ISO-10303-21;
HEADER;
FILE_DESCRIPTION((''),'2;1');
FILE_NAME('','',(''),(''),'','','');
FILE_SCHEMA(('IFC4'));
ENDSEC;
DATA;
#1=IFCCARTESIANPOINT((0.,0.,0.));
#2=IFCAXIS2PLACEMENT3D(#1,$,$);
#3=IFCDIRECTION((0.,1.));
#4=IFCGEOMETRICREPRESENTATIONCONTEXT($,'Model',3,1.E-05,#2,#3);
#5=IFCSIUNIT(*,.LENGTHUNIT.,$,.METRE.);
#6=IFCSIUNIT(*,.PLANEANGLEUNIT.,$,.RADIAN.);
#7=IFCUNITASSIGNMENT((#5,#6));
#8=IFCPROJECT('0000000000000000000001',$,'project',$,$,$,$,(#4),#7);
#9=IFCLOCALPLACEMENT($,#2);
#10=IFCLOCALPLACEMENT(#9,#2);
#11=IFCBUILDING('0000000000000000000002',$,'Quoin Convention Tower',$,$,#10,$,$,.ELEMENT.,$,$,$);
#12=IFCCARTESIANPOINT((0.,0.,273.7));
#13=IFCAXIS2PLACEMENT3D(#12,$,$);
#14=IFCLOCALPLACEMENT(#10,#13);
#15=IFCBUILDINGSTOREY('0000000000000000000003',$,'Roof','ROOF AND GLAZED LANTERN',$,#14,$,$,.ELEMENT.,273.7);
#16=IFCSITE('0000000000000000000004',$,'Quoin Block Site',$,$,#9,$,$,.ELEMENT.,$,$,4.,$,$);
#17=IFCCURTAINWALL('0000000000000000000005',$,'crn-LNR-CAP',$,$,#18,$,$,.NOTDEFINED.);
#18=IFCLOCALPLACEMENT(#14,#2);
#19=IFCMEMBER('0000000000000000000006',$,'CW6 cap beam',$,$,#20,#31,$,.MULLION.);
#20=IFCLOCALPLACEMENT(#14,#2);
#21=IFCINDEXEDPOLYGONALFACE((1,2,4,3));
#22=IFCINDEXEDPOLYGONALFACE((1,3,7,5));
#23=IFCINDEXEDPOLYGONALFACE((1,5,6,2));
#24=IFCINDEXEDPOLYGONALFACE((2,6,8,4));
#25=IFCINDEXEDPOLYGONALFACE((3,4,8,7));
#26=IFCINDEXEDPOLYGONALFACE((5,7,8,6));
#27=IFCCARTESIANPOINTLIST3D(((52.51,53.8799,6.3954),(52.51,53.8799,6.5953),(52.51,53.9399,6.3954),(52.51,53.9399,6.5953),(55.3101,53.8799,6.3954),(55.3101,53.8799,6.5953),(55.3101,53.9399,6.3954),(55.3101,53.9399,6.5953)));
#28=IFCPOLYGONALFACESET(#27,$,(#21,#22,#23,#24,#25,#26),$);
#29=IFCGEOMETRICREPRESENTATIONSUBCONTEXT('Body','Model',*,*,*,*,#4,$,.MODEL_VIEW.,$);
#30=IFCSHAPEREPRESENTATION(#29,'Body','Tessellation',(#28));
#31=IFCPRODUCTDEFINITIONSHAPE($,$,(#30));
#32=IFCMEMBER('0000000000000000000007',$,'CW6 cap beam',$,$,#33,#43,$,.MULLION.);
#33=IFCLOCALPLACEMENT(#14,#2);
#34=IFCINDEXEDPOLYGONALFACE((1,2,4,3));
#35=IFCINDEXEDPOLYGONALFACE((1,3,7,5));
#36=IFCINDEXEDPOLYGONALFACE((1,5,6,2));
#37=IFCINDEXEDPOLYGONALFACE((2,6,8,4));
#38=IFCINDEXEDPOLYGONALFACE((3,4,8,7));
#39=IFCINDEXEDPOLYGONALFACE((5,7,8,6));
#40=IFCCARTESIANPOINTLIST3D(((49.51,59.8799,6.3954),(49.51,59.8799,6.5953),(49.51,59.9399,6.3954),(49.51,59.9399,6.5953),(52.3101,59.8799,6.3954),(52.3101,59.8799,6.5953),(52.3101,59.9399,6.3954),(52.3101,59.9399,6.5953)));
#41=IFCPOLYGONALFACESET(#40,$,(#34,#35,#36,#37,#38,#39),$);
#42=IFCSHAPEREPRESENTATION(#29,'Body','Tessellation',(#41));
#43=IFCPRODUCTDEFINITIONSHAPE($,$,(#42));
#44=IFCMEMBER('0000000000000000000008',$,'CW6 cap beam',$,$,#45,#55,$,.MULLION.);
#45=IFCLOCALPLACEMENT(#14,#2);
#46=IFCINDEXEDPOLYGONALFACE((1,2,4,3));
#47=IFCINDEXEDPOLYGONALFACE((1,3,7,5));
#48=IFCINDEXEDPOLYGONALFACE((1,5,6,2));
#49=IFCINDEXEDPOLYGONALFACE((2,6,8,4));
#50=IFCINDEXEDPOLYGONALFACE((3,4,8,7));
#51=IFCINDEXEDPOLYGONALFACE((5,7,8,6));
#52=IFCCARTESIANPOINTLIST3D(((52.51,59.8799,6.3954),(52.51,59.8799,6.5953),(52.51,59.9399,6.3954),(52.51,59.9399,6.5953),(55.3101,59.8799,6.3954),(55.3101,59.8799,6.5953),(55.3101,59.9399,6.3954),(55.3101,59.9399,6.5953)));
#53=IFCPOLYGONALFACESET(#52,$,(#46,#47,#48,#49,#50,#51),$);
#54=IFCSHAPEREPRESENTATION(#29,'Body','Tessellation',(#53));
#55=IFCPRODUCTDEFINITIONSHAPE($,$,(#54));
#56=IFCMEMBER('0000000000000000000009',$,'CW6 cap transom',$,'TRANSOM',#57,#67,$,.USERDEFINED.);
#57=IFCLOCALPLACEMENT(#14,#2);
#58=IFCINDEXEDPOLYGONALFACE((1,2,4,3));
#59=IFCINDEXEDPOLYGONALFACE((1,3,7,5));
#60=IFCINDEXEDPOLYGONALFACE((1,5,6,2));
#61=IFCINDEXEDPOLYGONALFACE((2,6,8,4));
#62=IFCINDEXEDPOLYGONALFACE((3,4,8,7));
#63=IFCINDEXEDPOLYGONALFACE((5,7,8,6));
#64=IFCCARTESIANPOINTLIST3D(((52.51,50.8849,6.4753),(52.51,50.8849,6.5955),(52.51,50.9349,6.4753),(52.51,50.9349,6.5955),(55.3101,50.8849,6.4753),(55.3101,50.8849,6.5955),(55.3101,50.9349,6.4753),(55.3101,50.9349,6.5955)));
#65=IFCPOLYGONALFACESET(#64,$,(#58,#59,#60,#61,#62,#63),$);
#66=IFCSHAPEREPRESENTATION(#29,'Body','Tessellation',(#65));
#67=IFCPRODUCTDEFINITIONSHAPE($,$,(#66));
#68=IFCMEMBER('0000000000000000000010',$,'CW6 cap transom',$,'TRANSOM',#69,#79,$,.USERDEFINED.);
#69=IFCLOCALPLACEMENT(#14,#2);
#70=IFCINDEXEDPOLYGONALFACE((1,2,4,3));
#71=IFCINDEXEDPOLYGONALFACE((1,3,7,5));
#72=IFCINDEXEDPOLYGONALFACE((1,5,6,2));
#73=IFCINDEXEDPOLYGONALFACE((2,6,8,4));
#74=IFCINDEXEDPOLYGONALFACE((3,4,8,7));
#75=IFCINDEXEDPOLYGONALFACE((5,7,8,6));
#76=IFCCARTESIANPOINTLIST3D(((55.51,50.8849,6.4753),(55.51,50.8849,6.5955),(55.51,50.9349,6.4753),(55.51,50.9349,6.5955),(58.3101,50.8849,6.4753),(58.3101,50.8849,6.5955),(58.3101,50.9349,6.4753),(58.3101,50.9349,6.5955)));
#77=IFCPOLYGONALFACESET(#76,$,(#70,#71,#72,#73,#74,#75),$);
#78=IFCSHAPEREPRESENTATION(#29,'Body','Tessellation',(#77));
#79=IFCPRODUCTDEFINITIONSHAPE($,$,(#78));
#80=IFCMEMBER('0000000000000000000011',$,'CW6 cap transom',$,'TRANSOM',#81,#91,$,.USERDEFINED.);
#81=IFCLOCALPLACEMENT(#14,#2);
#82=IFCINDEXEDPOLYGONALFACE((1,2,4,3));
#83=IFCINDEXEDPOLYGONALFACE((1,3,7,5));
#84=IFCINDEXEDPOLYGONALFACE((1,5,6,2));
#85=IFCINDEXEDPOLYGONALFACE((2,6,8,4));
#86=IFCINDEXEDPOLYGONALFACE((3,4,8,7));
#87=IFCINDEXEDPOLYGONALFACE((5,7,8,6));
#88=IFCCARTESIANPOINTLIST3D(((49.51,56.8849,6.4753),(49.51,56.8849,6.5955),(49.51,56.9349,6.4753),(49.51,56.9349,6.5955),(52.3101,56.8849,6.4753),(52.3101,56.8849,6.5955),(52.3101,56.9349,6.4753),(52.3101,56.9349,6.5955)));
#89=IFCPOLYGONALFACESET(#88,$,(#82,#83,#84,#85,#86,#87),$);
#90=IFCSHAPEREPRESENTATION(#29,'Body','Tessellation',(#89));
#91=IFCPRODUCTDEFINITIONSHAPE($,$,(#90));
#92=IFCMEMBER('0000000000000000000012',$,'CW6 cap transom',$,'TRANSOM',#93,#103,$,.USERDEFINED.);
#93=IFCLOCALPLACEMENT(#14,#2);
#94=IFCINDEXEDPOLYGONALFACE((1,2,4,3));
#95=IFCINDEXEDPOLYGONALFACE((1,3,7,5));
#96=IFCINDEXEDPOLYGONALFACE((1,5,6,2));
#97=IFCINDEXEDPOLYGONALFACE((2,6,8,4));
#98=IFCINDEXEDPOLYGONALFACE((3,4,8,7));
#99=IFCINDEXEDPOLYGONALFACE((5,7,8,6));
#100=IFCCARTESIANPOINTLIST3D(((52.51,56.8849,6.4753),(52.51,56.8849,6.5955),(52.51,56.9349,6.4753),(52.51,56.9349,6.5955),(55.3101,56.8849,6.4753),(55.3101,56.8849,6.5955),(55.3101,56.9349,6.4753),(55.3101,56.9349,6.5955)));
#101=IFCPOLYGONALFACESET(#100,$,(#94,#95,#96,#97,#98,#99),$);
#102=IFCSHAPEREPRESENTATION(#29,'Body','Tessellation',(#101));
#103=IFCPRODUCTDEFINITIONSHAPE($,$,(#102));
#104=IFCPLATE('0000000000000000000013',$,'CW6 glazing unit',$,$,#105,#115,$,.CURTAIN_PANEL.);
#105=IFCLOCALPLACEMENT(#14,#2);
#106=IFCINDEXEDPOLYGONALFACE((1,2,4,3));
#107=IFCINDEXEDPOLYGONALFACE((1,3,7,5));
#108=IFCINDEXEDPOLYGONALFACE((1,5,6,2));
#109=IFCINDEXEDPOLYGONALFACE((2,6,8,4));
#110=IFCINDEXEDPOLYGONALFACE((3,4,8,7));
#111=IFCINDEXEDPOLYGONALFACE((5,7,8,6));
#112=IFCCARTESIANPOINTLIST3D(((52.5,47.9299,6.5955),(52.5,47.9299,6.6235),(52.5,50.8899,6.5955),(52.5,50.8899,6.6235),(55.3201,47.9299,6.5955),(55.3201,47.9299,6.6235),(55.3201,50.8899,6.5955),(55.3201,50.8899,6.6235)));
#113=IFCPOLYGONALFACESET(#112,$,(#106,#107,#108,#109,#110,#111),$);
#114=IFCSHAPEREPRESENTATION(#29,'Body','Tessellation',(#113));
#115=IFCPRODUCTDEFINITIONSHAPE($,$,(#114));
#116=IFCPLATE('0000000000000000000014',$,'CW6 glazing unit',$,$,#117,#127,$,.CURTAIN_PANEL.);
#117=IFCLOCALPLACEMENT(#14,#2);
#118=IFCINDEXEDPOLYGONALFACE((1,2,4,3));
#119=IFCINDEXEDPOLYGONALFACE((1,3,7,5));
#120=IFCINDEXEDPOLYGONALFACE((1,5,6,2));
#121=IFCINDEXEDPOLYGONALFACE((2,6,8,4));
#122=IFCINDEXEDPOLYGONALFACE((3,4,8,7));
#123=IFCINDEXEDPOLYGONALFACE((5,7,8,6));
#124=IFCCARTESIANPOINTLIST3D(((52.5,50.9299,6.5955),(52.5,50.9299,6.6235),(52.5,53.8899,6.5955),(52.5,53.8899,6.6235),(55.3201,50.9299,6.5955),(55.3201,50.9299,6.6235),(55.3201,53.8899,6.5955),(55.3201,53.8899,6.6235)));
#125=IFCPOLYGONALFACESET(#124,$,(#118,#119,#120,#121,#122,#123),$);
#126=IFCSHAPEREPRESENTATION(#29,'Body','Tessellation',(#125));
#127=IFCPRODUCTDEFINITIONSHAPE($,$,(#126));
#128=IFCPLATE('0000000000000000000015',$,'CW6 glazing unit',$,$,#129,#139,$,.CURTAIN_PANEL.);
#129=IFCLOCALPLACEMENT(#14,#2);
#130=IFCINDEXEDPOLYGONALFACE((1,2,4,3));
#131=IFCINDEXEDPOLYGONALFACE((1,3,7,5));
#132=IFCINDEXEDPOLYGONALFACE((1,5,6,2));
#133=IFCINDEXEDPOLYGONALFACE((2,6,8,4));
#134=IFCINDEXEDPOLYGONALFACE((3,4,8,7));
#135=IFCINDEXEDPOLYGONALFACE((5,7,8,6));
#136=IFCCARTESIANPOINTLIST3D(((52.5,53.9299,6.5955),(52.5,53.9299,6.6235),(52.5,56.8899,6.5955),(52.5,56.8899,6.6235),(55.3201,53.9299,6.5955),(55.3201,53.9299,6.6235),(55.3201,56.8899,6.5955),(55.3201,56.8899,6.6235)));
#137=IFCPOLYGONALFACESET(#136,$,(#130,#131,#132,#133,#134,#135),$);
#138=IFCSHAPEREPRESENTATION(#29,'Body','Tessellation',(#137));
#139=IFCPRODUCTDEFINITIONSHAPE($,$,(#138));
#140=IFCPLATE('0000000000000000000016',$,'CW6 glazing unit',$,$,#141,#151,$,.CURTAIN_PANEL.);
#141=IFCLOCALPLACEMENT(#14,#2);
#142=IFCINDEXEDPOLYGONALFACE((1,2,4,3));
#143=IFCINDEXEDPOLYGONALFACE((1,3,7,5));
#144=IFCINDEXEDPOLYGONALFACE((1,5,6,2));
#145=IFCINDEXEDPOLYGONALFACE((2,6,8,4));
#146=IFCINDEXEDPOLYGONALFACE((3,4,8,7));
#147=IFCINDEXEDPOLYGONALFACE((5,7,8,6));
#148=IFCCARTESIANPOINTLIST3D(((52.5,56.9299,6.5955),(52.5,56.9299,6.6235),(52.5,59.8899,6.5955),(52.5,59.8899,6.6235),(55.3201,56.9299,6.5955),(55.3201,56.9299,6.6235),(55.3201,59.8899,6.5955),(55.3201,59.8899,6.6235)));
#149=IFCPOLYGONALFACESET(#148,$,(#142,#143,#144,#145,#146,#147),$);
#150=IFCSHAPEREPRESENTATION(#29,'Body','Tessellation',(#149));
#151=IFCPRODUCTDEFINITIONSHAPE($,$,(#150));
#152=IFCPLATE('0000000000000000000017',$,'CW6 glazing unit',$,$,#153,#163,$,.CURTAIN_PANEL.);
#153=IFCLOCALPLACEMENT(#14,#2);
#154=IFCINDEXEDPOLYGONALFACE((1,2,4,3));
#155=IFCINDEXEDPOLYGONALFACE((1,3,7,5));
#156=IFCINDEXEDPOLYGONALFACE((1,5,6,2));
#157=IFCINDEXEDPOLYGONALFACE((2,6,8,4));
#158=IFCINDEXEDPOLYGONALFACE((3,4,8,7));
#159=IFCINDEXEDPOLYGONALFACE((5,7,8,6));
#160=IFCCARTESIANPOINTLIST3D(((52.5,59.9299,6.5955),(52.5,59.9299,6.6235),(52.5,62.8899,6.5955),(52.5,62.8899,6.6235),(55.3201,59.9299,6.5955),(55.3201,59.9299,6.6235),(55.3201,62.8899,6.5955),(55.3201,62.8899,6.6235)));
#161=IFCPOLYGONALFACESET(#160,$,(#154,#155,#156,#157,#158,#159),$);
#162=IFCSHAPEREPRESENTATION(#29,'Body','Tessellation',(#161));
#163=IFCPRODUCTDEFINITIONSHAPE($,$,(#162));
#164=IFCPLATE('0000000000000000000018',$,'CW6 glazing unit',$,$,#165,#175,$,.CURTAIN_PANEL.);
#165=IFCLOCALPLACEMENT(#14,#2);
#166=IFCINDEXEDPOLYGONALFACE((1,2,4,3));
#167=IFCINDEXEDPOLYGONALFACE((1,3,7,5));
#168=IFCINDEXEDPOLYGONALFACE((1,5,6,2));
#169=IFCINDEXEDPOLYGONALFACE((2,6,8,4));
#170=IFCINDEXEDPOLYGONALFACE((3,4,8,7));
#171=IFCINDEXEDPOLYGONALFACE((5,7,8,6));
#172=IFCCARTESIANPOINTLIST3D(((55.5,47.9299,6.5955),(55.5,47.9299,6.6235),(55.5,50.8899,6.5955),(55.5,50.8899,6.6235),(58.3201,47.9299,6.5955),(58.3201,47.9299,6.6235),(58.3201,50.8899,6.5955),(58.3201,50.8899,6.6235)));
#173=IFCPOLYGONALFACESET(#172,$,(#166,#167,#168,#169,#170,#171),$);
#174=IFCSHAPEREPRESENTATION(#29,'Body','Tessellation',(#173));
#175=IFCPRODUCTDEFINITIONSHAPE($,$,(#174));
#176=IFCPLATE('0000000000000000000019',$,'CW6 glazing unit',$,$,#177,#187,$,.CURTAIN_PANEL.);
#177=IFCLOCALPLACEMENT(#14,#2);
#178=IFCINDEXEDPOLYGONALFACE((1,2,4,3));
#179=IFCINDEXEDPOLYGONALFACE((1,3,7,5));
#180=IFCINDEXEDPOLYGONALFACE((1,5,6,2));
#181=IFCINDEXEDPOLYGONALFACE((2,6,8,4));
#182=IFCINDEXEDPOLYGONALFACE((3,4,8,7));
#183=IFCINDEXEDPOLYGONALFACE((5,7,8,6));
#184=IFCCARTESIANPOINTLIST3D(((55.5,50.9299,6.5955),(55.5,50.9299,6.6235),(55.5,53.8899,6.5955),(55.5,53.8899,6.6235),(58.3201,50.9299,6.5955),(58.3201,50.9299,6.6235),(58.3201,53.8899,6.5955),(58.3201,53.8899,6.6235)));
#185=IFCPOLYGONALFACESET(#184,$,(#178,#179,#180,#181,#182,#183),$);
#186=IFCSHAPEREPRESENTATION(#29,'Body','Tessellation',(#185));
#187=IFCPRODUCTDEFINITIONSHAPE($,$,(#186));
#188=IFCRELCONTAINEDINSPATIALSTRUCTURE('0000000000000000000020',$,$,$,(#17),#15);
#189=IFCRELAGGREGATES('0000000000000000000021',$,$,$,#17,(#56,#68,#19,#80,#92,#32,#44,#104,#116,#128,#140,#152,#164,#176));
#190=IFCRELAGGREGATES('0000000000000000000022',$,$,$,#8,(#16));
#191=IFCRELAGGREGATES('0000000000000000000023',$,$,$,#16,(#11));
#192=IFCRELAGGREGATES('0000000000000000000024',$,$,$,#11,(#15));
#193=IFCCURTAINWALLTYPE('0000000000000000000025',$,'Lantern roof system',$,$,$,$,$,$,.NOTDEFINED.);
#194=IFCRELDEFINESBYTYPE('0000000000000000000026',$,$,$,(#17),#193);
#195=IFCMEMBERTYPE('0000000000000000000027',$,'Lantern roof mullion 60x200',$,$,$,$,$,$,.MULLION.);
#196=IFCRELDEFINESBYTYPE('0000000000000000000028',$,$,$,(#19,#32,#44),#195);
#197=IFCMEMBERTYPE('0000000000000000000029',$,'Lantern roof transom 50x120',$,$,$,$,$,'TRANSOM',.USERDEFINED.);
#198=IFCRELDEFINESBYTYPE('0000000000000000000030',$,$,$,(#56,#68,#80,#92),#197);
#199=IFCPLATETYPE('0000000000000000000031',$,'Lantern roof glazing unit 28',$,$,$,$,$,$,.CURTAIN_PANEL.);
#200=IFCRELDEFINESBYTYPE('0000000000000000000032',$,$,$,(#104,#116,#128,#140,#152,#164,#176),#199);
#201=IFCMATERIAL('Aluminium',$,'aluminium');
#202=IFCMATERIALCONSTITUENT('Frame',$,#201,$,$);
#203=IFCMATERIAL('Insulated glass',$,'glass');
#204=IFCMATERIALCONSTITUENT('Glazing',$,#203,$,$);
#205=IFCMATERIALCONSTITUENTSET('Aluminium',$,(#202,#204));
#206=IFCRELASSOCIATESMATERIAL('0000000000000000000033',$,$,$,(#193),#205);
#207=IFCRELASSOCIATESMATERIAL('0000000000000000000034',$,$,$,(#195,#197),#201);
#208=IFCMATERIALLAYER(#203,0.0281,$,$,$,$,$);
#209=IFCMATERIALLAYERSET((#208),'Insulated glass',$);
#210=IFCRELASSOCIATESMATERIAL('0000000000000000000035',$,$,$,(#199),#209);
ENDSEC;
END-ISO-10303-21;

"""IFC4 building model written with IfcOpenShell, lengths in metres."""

from ifc_helpers import new_model, si_unit, direction, frame, origin, origin_2d, place, context, subcontext, project, spatial, polyline, rectangle, outline, extrude, material, layer, layer_set, constituent, constituent_set, material_profile, profile_set, type_object, element, aggregate, save


model = new_model("IFC4")

# Units and contexts
model_context = context("Model", 3, precision=1e-05, world=origin(), true_north=direction((0.0, 1.0)))
body_context = subcontext(model_context, "Body", "Model", "MODEL_VIEW")
ifc_project = project(units=[si_unit("LENGTHUNIT", "METRE"), si_unit("PLANEANGLEUNIT", "RADIAN")], contexts=[model_context])

# Site, building, storey
site_placement = place(None, origin())
site = spatial("IfcSite", under=ifc_project, at=site_placement, Name="Quoin Block Site", CompositionType="ELEMENT", RefElevation=4.0)
building_placement = place(site_placement, origin())
building = spatial("IfcBuilding", under=site, at=building_placement, Name="Quoin Convention Tower", CompositionType="ELEMENT")
storey_placement = place(building_placement, frame((0.0, 0.0, 273.7)))
storey = spatial("IfcBuildingStorey", under=building, at=storey_placement, Name="Roof", Description="ROOF AND GLAZED LANTERN", CompositionType="ELEMENT", Elevation=273.7)

# Curtain wall, members, plates
ifc_material_1 = material(Name="Aluminium", Category="aluminium")
ifc_constituent_1 = constituent(ifc_material_1, Name="Frame")
ifc_material_2 = material(Name="Insulated glass", Category="glass")
ifc_constituent_2 = constituent(ifc_material_2, Name="Glazing")
ifc_constituent_set = constituent_set(constituents=[ifc_constituent_1, ifc_constituent_2], Name="Aluminium")
curtain_wall_type = type_object("IfcCurtainWallType", Name="Lantern roof system", PredefinedType="NOTDEFINED", material=ifc_constituent_set)
curtain_wall_placement = place(storey_placement, origin())
curtain_wall = element("IfcCurtainWall", 1, at=curtain_wall_placement, inside=storey, type_object=curtain_wall_type, Name="crn-LNR-CAP", PredefinedType="NOTDEFINED")
ifc_material_profile_1 = material_profile(ifc_material_1, rectangle(XDim=0.2, YDim=0.0601, at=origin_2d()), Name="Lantern roof mullion 60x200")
ifc_profile_set_1 = profile_set([ifc_material_profile_1], Name="Aluminium")
member_type_1 = type_object("IfcMemberType", Name="Lantern roof mullion 60x200", PredefinedType="MULLION", material=ifc_profile_set_1)
member_1_placement = place(storey_placement, frame((52.51, 53.9099, 6.4954), z_axis=(1.0, 0.0, 0.0), x_axis=(0.0, 0.0, 1.0)))
member_1 = element("IfcMember", 2, at=member_1_placement, type_object=member_type_1, Name="CW6 cap beam", PredefinedType="MULLION", context=body_context, shape_type="SweptSolid", body=[
    extrude(rectangle(XDim=0.2, YDim=0.0601, at=origin_2d()), origin(), (0.0, 0.0, 1.0), 2.8),
])
member_2_placement = place(storey_placement, frame((49.51, 59.9099, 6.4954), z_axis=(1.0, 0.0, 0.0), x_axis=(0.0, 0.0, 1.0)))
member_2 = element("IfcMember", 3, at=member_2_placement, type_object=member_type_1, Name="CW6 cap beam", PredefinedType="MULLION", context=body_context, shape_type="SweptSolid", body=[
    extrude(rectangle(XDim=0.2, YDim=0.0601, at=origin_2d()), origin(), (0.0, 0.0, 1.0), 2.8),
])
member_3_placement = place(storey_placement, frame((52.51, 59.9099, 6.4954), z_axis=(1.0, 0.0, 0.0), x_axis=(0.0, 0.0, 1.0)))
member_3 = element("IfcMember", 4, at=member_3_placement, type_object=member_type_1, Name="CW6 cap beam", PredefinedType="MULLION", context=body_context, shape_type="SweptSolid", body=[
    extrude(rectangle(XDim=0.2, YDim=0.0601, at=origin_2d()), origin(), (0.0, 0.0, 1.0), 2.8),
])
ifc_material_profile_2 = material_profile(ifc_material_1, rectangle(XDim=0.1201, YDim=0.05, at=origin_2d()), Name="Lantern roof transom 50x120")
ifc_profile_set_2 = profile_set([ifc_material_profile_2], Name="Aluminium")
member_type_2 = type_object("IfcMemberType", Name="Lantern roof transom 50x120", ElementType="TRANSOM", PredefinedType="USERDEFINED", material=ifc_profile_set_2)
member_4_placement = place(storey_placement, frame((52.51, 50.9099, 6.5354), z_axis=(1.0, 0.0, 0.0), x_axis=(0.0, 0.0, 1.0)))
member_4 = element("IfcMember", 5, at=member_4_placement, type_object=member_type_2, Name="CW6 cap transom", ObjectType="TRANSOM", PredefinedType="USERDEFINED", context=body_context, shape_type="SweptSolid", body=[
    extrude(rectangle(XDim=0.1201, YDim=0.05, at=origin_2d()), origin(), (0.0, 0.0, 1.0), 2.8),
])
member_5_placement = place(storey_placement, frame((55.51, 50.9099, 6.5354), z_axis=(1.0, 0.0, 0.0), x_axis=(0.0, 0.0, 1.0)))
member_5 = element("IfcMember", 6, at=member_5_placement, type_object=member_type_2, Name="CW6 cap transom", ObjectType="TRANSOM", PredefinedType="USERDEFINED", context=body_context, shape_type="SweptSolid", body=[
    extrude(rectangle(XDim=0.1201, YDim=0.05, at=origin_2d()), origin(), (0.0, 0.0, 1.0), 2.8),
])
member_6_placement = place(storey_placement, frame((49.51, 56.9099, 6.5354), z_axis=(1.0, 0.0, 0.0), x_axis=(0.0, 0.0, 1.0)))
member_6 = element("IfcMember", 7, at=member_6_placement, type_object=member_type_2, Name="CW6 cap transom", ObjectType="TRANSOM", PredefinedType="USERDEFINED", context=body_context, shape_type="SweptSolid", body=[
    extrude(rectangle(XDim=0.1201, YDim=0.05, at=origin_2d()), origin(), (0.0, 0.0, 1.0), 2.8),
])
member_7_placement = place(storey_placement, frame((52.51, 56.9099, 6.5354), z_axis=(1.0, 0.0, 0.0), x_axis=(0.0, 0.0, 1.0)))
member_7 = element("IfcMember", 8, at=member_7_placement, type_object=member_type_2, Name="CW6 cap transom", ObjectType="TRANSOM", PredefinedType="USERDEFINED", context=body_context, shape_type="SweptSolid", body=[
    extrude(rectangle(XDim=0.1201, YDim=0.05, at=origin_2d()), origin(), (0.0, 0.0, 1.0), 2.8),
])
ifc_layer = layer(ifc_material_2, 0.0281)
ifc_layer_set = layer_set([ifc_layer], Name="Insulated glass")
plate_type = type_object("IfcPlateType", Name="Lantern roof glazing unit 28", PredefinedType="CURTAIN_PANEL", material=ifc_layer_set)
plate_1_placement = place(storey_placement, frame((52.5, 50.8899, 6.6235), z_axis=(0.0, 0.0, 1.0), x_axis=(1.0, 0.0, 0.0)))
plate_1 = element("IfcPlate", 9, at=plate_1_placement, type_object=plate_type, Name="CW6 glazing unit", PredefinedType="CURTAIN_PANEL", context=body_context, shape_type="SweptSolid", body=[
    extrude(outline(polyline([(0.0, 0.0), (2.8201, 0.0), (2.8201, -2.96), (0.0, -2.96), (0.0, 0.0)])), origin(), (0.0, 0.0, -1.0), 0.0281),
])
plate_2_placement = place(storey_placement, frame((52.5, 50.9299, 6.6235), z_axis=(0.0, 0.0, 1.0), x_axis=(0.0, 1.0, 0.0)))
plate_2 = element("IfcPlate", 10, at=plate_2_placement, type_object=plate_type, Name="CW6 glazing unit", PredefinedType="CURTAIN_PANEL", context=body_context, shape_type="SweptSolid", body=[
    extrude(outline(polyline([(0.0, 0.0), (2.96, 0.0), (2.96, -2.8201), (0.0, -2.8201), (0.0, 0.0)])), origin(), (0.0, 0.0, -1.0), 0.0281),
])
plate_3_placement = place(storey_placement, frame((52.5, 53.9299, 6.6235), z_axis=(0.0, 0.0, 1.0), x_axis=(0.0, 1.0, 0.0)))
plate_3 = element("IfcPlate", 11, at=plate_3_placement, type_object=plate_type, Name="CW6 glazing unit", PredefinedType="CURTAIN_PANEL", context=body_context, shape_type="SweptSolid", body=[
    extrude(outline(polyline([(0.0, 0.0), (2.96, 0.0), (2.96, -2.8201), (0.0, -2.8201), (0.0, 0.0)])), origin(), (0.0, 0.0, -1.0), 0.0281),
])
plate_4_placement = place(storey_placement, frame((52.5, 56.9299, 6.6235), z_axis=(0.0, 0.0, 1.0), x_axis=(0.0, 1.0, 0.0)))
plate_4 = element("IfcPlate", 12, at=plate_4_placement, type_object=plate_type, Name="CW6 glazing unit", PredefinedType="CURTAIN_PANEL", context=body_context, shape_type="SweptSolid", body=[
    extrude(outline(polyline([(0.0, 0.0), (2.96, 0.0), (2.96, -2.8201), (0.0, -2.8201), (0.0, 0.0)])), origin(), (0.0, 0.0, -1.0), 0.0281),
])
plate_5_placement = place(storey_placement, frame((52.5, 59.9299, 6.6235), z_axis=(0.0, 0.0, 1.0), x_axis=(0.0, 1.0, 0.0)))
plate_5 = element("IfcPlate", 13, at=plate_5_placement, type_object=plate_type, Name="CW6 glazing unit", PredefinedType="CURTAIN_PANEL", context=body_context, shape_type="SweptSolid", body=[
    extrude(outline(polyline([(0.0, 0.0), (2.96, 0.0), (2.96, -2.8201), (0.0, -2.8201), (0.0, 0.0)])), origin(), (0.0, 0.0, -1.0), 0.0281),
])
plate_6_placement = place(storey_placement, frame((55.5, 50.8899, 6.6235), z_axis=(0.0, 0.0, 1.0), x_axis=(1.0, 0.0, 0.0)))
plate_6 = element("IfcPlate", 14, at=plate_6_placement, type_object=plate_type, Name="CW6 glazing unit", PredefinedType="CURTAIN_PANEL", context=body_context, shape_type="SweptSolid", body=[
    extrude(outline(polyline([(0.0, 0.0), (2.8201, 0.0), (2.8201, -2.96), (0.0, -2.96), (0.0, 0.0)])), origin(), (0.0, 0.0, -1.0), 0.0281),
])
plate_7_placement = place(storey_placement, frame((55.5, 50.9299, 6.6235), z_axis=(0.0, 0.0, 1.0), x_axis=(0.0, 1.0, 0.0)))
plate_7 = element("IfcPlate", 15, at=plate_7_placement, type_object=plate_type, Name="CW6 glazing unit", PredefinedType="CURTAIN_PANEL", context=body_context, shape_type="SweptSolid", body=[
    extrude(outline(polyline([(0.0, 0.0), (2.96, 0.0), (2.96, -2.8201), (0.0, -2.8201), (0.0, 0.0)])), origin(), (0.0, 0.0, -1.0), 0.0281),
])
aggregate(curtain_wall, [member_4, member_5, member_1, member_6, member_7, member_2, member_3, plate_1, plate_2, plate_3, plate_4, plate_5, plate_6, plate_7])

save(model, "model.ifc")
